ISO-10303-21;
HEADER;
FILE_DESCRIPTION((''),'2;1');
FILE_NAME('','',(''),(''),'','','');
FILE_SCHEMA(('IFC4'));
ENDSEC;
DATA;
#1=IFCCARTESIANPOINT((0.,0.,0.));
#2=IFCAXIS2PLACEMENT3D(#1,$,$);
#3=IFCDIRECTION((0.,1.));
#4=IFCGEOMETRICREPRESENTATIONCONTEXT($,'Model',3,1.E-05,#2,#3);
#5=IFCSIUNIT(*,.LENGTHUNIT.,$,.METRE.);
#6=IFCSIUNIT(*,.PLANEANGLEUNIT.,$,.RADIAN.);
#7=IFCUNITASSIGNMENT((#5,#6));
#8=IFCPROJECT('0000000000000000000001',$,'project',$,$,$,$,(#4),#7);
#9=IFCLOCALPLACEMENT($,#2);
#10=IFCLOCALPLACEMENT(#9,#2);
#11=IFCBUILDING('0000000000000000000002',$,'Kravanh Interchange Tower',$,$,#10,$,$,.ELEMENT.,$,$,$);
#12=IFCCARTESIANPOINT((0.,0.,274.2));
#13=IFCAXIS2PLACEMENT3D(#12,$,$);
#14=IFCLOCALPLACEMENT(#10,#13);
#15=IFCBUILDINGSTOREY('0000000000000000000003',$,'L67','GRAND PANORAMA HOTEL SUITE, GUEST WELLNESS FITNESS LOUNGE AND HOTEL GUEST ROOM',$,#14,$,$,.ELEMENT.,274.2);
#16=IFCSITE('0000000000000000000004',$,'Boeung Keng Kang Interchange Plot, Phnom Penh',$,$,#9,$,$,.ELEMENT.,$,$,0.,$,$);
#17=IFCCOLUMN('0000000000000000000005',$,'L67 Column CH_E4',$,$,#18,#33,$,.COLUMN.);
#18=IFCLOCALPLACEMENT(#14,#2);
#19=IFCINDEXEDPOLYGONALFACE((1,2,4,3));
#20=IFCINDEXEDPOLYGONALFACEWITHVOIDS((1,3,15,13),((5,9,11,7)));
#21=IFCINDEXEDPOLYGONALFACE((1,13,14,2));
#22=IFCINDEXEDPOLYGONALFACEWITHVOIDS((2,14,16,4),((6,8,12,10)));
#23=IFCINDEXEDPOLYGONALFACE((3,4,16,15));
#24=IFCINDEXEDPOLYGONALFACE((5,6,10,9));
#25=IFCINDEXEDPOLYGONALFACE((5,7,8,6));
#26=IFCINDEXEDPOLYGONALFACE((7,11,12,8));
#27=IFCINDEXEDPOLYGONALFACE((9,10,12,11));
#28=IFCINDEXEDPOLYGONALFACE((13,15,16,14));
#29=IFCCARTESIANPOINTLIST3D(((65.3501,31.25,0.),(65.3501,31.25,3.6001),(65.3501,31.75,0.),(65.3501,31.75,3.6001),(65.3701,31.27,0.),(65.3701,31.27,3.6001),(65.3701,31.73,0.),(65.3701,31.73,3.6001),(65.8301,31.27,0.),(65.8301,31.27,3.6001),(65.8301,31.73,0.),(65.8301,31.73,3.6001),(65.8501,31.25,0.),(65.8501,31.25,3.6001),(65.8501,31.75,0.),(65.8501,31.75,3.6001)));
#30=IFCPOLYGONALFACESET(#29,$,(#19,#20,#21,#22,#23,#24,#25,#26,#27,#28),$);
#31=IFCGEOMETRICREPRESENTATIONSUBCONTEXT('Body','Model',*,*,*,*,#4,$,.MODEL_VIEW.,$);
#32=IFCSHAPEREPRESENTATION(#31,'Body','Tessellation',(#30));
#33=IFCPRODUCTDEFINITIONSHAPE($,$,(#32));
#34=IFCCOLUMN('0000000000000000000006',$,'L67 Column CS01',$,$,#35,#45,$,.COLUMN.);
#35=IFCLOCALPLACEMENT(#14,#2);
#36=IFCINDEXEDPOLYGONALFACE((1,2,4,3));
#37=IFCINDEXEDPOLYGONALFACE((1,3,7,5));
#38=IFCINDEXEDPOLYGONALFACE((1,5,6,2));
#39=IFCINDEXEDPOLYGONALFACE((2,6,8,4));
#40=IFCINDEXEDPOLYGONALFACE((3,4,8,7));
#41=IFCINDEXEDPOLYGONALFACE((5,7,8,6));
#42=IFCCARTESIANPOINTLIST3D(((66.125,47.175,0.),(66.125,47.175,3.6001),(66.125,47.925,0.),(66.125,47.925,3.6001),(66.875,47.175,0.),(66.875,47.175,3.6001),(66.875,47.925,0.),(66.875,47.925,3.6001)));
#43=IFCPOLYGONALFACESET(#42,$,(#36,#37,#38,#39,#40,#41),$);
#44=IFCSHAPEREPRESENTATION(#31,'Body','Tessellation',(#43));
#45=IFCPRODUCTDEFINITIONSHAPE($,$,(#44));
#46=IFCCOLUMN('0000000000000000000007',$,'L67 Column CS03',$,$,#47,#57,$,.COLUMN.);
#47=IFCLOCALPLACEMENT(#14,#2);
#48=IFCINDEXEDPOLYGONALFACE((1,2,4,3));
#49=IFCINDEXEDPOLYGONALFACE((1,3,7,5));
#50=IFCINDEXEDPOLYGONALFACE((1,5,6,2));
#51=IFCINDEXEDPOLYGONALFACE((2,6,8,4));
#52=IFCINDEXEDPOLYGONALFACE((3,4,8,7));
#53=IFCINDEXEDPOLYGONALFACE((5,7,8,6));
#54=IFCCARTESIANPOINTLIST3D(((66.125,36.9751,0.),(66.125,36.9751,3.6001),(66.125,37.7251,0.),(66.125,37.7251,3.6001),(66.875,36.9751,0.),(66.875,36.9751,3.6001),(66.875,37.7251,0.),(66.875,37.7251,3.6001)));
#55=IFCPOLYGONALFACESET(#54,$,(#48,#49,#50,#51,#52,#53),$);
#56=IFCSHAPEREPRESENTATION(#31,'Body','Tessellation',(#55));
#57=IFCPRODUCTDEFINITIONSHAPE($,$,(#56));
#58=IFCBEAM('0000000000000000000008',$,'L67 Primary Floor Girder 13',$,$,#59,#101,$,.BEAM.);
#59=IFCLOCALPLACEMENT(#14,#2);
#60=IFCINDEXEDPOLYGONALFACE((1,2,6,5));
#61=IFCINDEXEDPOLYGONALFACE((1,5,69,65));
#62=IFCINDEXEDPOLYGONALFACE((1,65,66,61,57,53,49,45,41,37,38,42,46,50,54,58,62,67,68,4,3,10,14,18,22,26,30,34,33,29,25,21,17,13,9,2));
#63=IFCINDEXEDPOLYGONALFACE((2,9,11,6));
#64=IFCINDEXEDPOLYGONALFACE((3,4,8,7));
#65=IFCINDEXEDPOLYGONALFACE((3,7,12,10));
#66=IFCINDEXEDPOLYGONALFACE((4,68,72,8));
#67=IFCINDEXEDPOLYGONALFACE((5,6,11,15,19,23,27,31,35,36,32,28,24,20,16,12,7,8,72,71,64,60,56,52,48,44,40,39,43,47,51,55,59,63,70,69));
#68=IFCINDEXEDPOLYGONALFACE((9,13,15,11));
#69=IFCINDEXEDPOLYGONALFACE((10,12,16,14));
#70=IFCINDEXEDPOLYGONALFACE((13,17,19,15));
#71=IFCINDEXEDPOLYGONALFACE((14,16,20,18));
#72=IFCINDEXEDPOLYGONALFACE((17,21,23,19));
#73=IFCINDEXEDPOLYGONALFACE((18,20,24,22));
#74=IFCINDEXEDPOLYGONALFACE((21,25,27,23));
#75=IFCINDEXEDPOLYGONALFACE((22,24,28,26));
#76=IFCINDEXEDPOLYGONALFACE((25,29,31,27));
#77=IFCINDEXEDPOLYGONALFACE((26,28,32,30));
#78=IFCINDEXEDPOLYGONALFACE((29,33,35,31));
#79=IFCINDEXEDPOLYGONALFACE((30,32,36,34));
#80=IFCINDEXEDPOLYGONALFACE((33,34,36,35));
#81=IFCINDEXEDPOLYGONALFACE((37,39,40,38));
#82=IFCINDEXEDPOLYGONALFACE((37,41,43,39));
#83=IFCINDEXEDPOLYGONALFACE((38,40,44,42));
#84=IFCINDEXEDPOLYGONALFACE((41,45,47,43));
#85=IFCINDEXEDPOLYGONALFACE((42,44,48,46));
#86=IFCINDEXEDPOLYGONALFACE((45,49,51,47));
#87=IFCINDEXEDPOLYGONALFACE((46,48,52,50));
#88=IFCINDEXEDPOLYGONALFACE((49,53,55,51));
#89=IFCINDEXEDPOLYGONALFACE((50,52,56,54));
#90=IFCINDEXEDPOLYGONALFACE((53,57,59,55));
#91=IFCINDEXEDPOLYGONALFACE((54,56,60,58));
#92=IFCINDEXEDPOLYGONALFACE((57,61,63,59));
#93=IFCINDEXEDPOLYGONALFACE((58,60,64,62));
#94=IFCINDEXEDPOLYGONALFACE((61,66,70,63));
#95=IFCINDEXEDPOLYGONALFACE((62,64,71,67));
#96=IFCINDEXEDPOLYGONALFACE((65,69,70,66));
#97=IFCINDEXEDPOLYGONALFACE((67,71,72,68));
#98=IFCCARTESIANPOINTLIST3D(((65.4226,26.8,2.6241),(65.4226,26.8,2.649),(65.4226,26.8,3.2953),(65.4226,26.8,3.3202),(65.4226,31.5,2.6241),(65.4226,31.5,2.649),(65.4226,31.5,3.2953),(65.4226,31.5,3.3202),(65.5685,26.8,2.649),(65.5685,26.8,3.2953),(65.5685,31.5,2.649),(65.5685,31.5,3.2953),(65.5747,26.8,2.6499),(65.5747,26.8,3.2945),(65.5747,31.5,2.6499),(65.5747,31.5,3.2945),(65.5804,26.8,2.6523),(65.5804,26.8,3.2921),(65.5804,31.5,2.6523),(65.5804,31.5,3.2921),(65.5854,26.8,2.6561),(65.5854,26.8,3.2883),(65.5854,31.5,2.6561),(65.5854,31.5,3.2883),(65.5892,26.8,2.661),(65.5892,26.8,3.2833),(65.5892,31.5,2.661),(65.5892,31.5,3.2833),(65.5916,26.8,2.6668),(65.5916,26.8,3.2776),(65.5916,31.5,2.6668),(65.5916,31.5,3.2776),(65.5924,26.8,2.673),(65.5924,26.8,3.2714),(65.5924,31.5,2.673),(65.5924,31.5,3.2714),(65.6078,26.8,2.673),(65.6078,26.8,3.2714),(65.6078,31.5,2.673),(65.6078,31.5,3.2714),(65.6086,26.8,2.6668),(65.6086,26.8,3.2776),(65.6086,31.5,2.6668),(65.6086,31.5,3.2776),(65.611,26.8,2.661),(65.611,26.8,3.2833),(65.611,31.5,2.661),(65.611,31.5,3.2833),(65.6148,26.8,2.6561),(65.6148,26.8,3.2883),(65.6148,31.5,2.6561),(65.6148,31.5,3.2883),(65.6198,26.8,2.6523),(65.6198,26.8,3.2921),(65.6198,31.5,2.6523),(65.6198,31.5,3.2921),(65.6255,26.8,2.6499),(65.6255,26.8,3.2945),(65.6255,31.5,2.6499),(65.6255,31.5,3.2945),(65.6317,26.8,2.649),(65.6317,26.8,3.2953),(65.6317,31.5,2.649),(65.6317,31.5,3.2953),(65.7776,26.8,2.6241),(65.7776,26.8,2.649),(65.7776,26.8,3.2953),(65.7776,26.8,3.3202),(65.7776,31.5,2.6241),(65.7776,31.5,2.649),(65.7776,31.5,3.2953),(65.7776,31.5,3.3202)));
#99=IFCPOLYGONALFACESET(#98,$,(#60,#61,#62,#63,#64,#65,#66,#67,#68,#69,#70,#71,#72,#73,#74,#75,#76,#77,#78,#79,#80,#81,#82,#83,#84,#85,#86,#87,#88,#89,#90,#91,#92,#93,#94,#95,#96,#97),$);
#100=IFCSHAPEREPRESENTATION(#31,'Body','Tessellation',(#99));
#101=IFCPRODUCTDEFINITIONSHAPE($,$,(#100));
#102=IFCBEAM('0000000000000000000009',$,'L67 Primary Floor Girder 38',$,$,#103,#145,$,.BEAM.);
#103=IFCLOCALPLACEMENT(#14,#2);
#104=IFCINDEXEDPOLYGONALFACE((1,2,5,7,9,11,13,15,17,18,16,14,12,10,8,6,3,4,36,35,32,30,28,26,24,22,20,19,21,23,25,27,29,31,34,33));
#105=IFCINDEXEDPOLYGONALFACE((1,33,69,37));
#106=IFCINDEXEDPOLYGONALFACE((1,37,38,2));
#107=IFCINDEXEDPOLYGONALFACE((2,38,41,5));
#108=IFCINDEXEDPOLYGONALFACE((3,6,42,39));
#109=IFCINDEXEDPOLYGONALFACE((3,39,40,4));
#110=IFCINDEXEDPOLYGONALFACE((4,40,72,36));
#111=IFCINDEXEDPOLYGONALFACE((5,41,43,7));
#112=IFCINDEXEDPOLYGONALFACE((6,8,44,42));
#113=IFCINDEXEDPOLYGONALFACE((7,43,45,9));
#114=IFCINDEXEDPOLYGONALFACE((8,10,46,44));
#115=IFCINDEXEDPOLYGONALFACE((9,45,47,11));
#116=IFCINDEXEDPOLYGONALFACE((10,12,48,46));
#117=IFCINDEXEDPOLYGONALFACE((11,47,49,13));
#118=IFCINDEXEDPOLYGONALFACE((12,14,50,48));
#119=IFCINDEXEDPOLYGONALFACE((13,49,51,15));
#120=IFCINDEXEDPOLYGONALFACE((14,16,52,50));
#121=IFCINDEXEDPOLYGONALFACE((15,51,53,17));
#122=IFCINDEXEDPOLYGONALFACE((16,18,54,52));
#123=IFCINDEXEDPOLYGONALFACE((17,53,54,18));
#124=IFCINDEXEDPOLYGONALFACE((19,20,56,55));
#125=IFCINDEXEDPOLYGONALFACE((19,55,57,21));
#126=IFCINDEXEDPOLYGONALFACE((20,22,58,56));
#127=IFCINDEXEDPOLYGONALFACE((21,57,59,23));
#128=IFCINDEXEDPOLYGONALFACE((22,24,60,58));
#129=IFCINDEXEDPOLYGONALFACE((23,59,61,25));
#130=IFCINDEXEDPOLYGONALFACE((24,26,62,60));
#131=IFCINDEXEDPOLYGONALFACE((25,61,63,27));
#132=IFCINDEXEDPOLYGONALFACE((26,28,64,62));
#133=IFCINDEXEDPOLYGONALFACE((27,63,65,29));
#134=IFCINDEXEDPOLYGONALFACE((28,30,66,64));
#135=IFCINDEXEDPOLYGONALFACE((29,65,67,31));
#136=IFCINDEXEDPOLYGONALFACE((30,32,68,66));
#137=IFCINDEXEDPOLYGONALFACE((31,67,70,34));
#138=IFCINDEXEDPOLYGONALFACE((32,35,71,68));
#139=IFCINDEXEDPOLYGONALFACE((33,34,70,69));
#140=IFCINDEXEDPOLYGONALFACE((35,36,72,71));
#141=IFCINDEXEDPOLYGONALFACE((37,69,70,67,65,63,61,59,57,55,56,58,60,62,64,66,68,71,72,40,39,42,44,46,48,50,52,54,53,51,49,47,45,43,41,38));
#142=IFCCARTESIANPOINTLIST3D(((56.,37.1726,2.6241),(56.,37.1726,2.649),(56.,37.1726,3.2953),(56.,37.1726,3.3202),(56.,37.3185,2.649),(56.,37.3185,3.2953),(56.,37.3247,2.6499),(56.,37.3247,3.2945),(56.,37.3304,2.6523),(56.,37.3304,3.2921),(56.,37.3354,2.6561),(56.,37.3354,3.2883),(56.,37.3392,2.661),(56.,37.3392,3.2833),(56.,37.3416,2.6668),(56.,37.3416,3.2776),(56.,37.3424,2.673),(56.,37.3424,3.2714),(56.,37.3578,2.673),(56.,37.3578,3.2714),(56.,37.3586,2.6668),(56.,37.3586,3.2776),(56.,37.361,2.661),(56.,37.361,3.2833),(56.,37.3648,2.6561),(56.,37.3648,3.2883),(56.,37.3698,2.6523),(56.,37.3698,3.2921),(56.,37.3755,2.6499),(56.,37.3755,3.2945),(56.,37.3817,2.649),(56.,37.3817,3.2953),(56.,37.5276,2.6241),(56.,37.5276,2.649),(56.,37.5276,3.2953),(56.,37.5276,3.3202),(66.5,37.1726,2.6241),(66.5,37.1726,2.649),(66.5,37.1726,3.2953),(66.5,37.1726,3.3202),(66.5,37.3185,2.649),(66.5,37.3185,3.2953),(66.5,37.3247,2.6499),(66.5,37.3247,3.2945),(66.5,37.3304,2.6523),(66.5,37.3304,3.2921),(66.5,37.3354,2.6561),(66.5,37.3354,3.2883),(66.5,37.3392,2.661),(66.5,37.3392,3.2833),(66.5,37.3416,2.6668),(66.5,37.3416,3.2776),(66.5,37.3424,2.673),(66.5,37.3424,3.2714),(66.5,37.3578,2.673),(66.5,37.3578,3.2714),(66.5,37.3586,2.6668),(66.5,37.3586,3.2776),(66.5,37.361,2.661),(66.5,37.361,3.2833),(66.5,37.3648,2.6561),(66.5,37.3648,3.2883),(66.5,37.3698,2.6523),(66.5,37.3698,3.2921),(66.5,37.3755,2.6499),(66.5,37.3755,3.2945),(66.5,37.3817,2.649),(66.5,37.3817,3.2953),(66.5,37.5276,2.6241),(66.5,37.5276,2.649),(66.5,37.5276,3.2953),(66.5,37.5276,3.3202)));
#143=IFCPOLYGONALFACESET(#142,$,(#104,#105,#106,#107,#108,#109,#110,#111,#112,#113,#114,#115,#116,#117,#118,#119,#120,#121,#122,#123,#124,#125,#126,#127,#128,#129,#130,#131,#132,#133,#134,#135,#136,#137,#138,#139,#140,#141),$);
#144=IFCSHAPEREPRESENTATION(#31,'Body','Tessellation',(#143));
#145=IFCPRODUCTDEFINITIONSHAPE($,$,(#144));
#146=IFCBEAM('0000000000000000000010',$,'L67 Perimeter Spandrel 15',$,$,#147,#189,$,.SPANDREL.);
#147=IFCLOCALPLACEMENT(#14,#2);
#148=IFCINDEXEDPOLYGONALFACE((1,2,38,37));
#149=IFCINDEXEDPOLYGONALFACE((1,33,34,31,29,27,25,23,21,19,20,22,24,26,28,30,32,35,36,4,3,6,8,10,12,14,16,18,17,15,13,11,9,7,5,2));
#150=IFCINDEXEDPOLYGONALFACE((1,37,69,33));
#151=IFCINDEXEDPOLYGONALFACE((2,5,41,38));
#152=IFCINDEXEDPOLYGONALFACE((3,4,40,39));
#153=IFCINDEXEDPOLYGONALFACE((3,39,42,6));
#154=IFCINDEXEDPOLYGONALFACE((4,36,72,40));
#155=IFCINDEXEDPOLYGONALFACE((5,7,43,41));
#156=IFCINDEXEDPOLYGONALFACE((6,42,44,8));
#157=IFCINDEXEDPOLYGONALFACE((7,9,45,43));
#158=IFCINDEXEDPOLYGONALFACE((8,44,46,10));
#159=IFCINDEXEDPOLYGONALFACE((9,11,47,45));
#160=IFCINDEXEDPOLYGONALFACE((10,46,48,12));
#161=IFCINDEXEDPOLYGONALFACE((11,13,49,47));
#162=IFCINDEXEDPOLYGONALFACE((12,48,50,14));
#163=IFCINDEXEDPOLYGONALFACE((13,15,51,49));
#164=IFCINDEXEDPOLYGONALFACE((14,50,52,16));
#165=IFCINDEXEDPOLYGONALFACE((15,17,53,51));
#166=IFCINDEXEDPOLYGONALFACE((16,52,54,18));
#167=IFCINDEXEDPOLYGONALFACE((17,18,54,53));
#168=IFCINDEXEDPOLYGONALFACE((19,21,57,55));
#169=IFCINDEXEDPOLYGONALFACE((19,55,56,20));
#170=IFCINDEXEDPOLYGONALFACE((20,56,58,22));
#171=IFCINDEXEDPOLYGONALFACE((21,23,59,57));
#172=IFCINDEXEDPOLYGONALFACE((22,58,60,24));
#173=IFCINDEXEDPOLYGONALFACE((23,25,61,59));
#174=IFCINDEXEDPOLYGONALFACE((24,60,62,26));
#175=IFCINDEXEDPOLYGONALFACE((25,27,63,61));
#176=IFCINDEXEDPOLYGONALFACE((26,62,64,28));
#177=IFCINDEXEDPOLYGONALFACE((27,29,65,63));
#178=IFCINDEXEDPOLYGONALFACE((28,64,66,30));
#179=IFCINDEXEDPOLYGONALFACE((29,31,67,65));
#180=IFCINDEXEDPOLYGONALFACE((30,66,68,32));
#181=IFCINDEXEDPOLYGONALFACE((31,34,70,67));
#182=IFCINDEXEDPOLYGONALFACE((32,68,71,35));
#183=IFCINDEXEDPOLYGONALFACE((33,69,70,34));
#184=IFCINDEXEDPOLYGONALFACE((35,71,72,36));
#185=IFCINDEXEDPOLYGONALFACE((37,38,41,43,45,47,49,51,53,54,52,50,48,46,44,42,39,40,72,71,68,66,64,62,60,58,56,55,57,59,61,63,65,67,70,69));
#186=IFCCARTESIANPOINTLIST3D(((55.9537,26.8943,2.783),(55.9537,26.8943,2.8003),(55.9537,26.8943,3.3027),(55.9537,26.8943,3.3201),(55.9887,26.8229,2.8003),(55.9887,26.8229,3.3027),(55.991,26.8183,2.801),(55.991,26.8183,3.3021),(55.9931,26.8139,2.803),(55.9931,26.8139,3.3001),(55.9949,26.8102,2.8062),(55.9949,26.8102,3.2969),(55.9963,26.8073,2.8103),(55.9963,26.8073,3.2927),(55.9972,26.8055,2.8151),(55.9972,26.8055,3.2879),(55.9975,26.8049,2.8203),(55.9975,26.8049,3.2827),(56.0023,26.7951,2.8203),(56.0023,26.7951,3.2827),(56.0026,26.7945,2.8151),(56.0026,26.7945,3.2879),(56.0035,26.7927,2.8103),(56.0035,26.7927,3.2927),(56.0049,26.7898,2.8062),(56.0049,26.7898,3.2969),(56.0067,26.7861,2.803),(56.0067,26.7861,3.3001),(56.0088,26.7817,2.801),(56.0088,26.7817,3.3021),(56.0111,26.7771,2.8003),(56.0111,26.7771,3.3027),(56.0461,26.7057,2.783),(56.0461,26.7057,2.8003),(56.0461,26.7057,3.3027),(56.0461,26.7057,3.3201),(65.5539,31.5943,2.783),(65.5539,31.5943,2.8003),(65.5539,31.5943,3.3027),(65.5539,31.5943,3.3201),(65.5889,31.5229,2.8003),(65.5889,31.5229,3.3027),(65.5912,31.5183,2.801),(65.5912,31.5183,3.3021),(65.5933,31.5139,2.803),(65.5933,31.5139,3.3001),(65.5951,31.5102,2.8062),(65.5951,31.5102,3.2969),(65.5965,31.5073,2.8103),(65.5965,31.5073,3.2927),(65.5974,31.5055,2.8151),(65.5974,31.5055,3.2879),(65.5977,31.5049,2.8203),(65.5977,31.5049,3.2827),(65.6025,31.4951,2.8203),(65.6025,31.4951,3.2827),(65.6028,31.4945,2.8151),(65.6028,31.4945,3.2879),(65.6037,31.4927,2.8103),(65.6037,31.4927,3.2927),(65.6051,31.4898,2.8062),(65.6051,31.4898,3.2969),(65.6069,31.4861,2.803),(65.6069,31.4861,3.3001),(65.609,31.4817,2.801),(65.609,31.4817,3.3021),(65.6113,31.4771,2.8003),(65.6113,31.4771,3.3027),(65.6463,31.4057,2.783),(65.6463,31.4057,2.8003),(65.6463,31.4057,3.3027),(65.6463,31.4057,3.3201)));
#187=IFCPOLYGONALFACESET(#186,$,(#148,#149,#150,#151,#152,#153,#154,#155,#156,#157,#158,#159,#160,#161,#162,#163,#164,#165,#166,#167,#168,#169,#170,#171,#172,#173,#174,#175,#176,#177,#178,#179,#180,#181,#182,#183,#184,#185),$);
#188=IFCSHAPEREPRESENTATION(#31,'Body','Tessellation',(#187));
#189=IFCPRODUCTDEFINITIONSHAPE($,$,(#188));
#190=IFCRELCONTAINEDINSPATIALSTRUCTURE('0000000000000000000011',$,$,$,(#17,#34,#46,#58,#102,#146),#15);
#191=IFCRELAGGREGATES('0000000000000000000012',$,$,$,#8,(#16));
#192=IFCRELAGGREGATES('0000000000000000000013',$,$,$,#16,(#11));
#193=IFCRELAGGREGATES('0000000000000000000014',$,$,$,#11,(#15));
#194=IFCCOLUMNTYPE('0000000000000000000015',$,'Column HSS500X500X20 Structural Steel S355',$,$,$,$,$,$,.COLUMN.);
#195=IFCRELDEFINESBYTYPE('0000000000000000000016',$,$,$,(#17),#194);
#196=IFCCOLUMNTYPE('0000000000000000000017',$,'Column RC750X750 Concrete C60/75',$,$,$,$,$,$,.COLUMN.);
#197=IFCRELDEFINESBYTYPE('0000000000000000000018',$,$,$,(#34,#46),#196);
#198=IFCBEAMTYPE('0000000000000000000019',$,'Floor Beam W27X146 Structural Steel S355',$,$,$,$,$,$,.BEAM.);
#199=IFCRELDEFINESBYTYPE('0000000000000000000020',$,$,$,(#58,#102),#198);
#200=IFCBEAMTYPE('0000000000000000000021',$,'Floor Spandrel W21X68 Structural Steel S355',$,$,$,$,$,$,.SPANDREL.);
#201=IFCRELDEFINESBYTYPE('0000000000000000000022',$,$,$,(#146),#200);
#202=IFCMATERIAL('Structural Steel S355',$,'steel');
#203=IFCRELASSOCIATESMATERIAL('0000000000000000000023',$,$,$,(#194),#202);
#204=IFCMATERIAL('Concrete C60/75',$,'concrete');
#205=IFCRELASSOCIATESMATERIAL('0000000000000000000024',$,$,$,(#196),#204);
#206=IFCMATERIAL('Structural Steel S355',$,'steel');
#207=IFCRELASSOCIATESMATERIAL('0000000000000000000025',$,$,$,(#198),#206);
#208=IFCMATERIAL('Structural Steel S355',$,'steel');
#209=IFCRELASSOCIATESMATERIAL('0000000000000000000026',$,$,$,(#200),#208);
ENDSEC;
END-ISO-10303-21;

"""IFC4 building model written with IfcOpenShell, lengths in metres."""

from ifc_helpers import new_model, si_unit, direction, frame, origin, origin_2d, place, context, subcontext, project, spatial, rectangle, hollow_rectangle, i_section, extrude, material, material_profile, profile_set, type_object, element, save


model = new_model("IFC4")

# Units and contexts
model_context = context("Model", 3, precision=1e-05, world=origin(), true_north=direction((0.0, 1.0)))
body_context = subcontext(model_context, "Body", "Model", "MODEL_VIEW")
ifc_project = project(units=[si_unit("LENGTHUNIT", "METRE"), si_unit("PLANEANGLEUNIT", "RADIAN")], contexts=[model_context])

# Site, building, storey
site_placement = place(None, origin())
site = spatial("IfcSite", under=ifc_project, at=site_placement, Name="Boeung Keng Kang Interchange Plot, Phnom Penh", CompositionType="ELEMENT", RefElevation=0.0)
building_placement = place(site_placement, origin())
building = spatial("IfcBuilding", under=site, at=building_placement, Name="Kravanh Interchange Tower", CompositionType="ELEMENT")
storey_placement = place(building_placement, frame((0.0, 0.0, 274.2)))
storey = spatial("IfcBuildingStorey", under=building, at=storey_placement, Name="L67", Description="GRAND PANORAMA HOTEL SUITE, GUEST WELLNESS FITNESS LOUNGE AND HOTEL GUEST ROOM", CompositionType="ELEMENT", Elevation=274.2)

# Columns
ifc_material_1 = material(Name="Structural Steel S355", Category="steel")
ifc_material_profile_1 = material_profile(ifc_material_1, hollow_rectangle(XDim=0.5, YDim=0.5, WallThickness=0.02, at=origin_2d()), Name="HSS500X500X20")
ifc_profile_set_1 = profile_set([ifc_material_profile_1], Name="Structural Steel S355")
column_type_1 = type_object("IfcColumnType", Name="Column HSS500X500X20 Structural Steel S355", PredefinedType="COLUMN", material=ifc_profile_set_1)
column_placement = place(storey_placement, frame((65.6001, 31.5, 0.0), z_axis=(0.0, 0.0, 1.0), x_axis=(1.0, 0.0, 0.0)))
element("IfcColumn", 1, at=column_placement, inside=storey, type_object=column_type_1, Name="L67 Column CH_E4", PredefinedType="COLUMN", context=body_context, shape_type="SweptSolid", body=[
    extrude(hollow_rectangle(XDim=0.5, YDim=0.5, WallThickness=0.02, at=origin_2d()), origin(), (0.0, 0.0, 1.0), 3.6001),
])
ifc_material_2 = material(Name="Concrete C60/75", Category="concrete")
ifc_material_profile_2 = material_profile(ifc_material_2, rectangle(XDim=0.75, YDim=0.75, at=origin_2d()), Name="RC750X750")
ifc_profile_set_2 = profile_set([ifc_material_profile_2], Name="Concrete C60/75")
column_type_2 = type_object("IfcColumnType", Name="Column RC750X750 Concrete C60/75", PredefinedType="COLUMN", material=ifc_profile_set_2)
for number, where, z_axis, x_axis, name in (
    (2, (66.5, 47.55, 0.0), (0.0, 0.0, 1.0), (1.0, 0.0, 0.0), "L67 Column CS01"),
    (3, (66.5, 37.3501, 0.0), (0.0, 0.0, 1.0), (1.0, 0.0, 0.0), "L67 Column CS03"),
):
    element("IfcColumn", number, at=place(storey_placement, frame(where, z_axis=z_axis, x_axis=x_axis)), inside=storey, type_object=column_type_2, Name=name, PredefinedType="COLUMN", context=body_context, shape_type="SweptSolid", body=[
        extrude(rectangle(XDim=0.75, YDim=0.75, at=origin_2d()), origin(), (0.0, 0.0, 1.0), 3.6001),
    ])

# Beams
ifc_material_3 = material(Name="Structural Steel S355", Category="steel")
ifc_material_profile_3 = material_profile(ifc_material_3, i_section(OverallWidth=0.355, OverallDepth=0.696, WebThickness=0.0154, FlangeThickness=0.0249, FilletRadius=0.0239, at=origin_2d()), Name="W27X146")
ifc_profile_set_3 = profile_set([ifc_material_profile_3], Name="Structural Steel S355")
beam_type_1 = type_object("IfcBeamType", Name="Floor Beam W27X146 Structural Steel S355", PredefinedType="BEAM", material=ifc_profile_set_3)
beam_1_placement = place(storey_placement, frame((65.6001, 31.5, 2.9722), z_axis=(0.0, -1.0, 0.0), x_axis=(1.0, 0.0, 0.0)))
element("IfcBeam", 4, at=beam_1_placement, inside=storey, type_object=beam_type_1, Name="L67 Primary Floor Girder 13", PredefinedType="BEAM", context=body_context, shape_type="SweptSolid", body=[
    extrude(i_section(OverallWidth=0.355, OverallDepth=0.696, WebThickness=0.0154, FlangeThickness=0.0249, FilletRadius=0.0239, at=origin_2d()), origin(), (0.0, 0.0, 1.0), 4.7),
])
beam_2_placement = place(storey_placement, frame((66.5, 37.3501, 2.9722), z_axis=(-1.0, 0.0, 0.0), x_axis=(0.0, -1.0, 0.0)))
element("IfcBeam", 5, at=beam_2_placement, inside=storey, type_object=beam_type_1, Name="L67 Primary Floor Girder 38", PredefinedType="BEAM", context=body_context, shape_type="SweptSolid", body=[
    extrude(i_section(OverallWidth=0.355, OverallDepth=0.696, WebThickness=0.0154, FlangeThickness=0.0249, FilletRadius=0.0239, at=origin_2d()), origin(), (0.0, 0.0, 1.0), 10.5),
])
ifc_material_4 = material(Name="Structural Steel S355", Category="steel")
ifc_material_profile_4 = material_profile(ifc_material_4, i_section(OverallWidth=0.21, OverallDepth=0.5371, WebThickness=0.011, FlangeThickness=0.0173, FilletRadius=0.02, at=origin_2d()), Name="W21X68")
ifc_profile_set_4 = profile_set([ifc_material_profile_4], Name="Structural Steel S355")
beam_type_2 = type_object("IfcBeamType", Name="Floor Spandrel W21X68 Structural Steel S355", PredefinedType="SPANDREL", material=ifc_profile_set_4)
beam_3_placement = place(storey_placement, frame((65.6001, 31.5, 3.0515), z_axis=(-0.898142, -0.439706, 0.0), x_axis=(0.439706, -0.898142, 0.0)))
element("IfcBeam", 6, at=beam_3_placement, inside=storey, type_object=beam_type_2, Name="L67 Perimeter Spandrel 15", PredefinedType="SPANDREL", context=body_context, shape_type="SweptSolid", body=[
    extrude(i_section(OverallWidth=0.21, OverallDepth=0.5371, WebThickness=0.011, FlangeThickness=0.0173, FilletRadius=0.02, at=origin_2d()), origin(), (0.0, 0.0, 1.0), 10.689),
])

save(model, "model.ifc")
